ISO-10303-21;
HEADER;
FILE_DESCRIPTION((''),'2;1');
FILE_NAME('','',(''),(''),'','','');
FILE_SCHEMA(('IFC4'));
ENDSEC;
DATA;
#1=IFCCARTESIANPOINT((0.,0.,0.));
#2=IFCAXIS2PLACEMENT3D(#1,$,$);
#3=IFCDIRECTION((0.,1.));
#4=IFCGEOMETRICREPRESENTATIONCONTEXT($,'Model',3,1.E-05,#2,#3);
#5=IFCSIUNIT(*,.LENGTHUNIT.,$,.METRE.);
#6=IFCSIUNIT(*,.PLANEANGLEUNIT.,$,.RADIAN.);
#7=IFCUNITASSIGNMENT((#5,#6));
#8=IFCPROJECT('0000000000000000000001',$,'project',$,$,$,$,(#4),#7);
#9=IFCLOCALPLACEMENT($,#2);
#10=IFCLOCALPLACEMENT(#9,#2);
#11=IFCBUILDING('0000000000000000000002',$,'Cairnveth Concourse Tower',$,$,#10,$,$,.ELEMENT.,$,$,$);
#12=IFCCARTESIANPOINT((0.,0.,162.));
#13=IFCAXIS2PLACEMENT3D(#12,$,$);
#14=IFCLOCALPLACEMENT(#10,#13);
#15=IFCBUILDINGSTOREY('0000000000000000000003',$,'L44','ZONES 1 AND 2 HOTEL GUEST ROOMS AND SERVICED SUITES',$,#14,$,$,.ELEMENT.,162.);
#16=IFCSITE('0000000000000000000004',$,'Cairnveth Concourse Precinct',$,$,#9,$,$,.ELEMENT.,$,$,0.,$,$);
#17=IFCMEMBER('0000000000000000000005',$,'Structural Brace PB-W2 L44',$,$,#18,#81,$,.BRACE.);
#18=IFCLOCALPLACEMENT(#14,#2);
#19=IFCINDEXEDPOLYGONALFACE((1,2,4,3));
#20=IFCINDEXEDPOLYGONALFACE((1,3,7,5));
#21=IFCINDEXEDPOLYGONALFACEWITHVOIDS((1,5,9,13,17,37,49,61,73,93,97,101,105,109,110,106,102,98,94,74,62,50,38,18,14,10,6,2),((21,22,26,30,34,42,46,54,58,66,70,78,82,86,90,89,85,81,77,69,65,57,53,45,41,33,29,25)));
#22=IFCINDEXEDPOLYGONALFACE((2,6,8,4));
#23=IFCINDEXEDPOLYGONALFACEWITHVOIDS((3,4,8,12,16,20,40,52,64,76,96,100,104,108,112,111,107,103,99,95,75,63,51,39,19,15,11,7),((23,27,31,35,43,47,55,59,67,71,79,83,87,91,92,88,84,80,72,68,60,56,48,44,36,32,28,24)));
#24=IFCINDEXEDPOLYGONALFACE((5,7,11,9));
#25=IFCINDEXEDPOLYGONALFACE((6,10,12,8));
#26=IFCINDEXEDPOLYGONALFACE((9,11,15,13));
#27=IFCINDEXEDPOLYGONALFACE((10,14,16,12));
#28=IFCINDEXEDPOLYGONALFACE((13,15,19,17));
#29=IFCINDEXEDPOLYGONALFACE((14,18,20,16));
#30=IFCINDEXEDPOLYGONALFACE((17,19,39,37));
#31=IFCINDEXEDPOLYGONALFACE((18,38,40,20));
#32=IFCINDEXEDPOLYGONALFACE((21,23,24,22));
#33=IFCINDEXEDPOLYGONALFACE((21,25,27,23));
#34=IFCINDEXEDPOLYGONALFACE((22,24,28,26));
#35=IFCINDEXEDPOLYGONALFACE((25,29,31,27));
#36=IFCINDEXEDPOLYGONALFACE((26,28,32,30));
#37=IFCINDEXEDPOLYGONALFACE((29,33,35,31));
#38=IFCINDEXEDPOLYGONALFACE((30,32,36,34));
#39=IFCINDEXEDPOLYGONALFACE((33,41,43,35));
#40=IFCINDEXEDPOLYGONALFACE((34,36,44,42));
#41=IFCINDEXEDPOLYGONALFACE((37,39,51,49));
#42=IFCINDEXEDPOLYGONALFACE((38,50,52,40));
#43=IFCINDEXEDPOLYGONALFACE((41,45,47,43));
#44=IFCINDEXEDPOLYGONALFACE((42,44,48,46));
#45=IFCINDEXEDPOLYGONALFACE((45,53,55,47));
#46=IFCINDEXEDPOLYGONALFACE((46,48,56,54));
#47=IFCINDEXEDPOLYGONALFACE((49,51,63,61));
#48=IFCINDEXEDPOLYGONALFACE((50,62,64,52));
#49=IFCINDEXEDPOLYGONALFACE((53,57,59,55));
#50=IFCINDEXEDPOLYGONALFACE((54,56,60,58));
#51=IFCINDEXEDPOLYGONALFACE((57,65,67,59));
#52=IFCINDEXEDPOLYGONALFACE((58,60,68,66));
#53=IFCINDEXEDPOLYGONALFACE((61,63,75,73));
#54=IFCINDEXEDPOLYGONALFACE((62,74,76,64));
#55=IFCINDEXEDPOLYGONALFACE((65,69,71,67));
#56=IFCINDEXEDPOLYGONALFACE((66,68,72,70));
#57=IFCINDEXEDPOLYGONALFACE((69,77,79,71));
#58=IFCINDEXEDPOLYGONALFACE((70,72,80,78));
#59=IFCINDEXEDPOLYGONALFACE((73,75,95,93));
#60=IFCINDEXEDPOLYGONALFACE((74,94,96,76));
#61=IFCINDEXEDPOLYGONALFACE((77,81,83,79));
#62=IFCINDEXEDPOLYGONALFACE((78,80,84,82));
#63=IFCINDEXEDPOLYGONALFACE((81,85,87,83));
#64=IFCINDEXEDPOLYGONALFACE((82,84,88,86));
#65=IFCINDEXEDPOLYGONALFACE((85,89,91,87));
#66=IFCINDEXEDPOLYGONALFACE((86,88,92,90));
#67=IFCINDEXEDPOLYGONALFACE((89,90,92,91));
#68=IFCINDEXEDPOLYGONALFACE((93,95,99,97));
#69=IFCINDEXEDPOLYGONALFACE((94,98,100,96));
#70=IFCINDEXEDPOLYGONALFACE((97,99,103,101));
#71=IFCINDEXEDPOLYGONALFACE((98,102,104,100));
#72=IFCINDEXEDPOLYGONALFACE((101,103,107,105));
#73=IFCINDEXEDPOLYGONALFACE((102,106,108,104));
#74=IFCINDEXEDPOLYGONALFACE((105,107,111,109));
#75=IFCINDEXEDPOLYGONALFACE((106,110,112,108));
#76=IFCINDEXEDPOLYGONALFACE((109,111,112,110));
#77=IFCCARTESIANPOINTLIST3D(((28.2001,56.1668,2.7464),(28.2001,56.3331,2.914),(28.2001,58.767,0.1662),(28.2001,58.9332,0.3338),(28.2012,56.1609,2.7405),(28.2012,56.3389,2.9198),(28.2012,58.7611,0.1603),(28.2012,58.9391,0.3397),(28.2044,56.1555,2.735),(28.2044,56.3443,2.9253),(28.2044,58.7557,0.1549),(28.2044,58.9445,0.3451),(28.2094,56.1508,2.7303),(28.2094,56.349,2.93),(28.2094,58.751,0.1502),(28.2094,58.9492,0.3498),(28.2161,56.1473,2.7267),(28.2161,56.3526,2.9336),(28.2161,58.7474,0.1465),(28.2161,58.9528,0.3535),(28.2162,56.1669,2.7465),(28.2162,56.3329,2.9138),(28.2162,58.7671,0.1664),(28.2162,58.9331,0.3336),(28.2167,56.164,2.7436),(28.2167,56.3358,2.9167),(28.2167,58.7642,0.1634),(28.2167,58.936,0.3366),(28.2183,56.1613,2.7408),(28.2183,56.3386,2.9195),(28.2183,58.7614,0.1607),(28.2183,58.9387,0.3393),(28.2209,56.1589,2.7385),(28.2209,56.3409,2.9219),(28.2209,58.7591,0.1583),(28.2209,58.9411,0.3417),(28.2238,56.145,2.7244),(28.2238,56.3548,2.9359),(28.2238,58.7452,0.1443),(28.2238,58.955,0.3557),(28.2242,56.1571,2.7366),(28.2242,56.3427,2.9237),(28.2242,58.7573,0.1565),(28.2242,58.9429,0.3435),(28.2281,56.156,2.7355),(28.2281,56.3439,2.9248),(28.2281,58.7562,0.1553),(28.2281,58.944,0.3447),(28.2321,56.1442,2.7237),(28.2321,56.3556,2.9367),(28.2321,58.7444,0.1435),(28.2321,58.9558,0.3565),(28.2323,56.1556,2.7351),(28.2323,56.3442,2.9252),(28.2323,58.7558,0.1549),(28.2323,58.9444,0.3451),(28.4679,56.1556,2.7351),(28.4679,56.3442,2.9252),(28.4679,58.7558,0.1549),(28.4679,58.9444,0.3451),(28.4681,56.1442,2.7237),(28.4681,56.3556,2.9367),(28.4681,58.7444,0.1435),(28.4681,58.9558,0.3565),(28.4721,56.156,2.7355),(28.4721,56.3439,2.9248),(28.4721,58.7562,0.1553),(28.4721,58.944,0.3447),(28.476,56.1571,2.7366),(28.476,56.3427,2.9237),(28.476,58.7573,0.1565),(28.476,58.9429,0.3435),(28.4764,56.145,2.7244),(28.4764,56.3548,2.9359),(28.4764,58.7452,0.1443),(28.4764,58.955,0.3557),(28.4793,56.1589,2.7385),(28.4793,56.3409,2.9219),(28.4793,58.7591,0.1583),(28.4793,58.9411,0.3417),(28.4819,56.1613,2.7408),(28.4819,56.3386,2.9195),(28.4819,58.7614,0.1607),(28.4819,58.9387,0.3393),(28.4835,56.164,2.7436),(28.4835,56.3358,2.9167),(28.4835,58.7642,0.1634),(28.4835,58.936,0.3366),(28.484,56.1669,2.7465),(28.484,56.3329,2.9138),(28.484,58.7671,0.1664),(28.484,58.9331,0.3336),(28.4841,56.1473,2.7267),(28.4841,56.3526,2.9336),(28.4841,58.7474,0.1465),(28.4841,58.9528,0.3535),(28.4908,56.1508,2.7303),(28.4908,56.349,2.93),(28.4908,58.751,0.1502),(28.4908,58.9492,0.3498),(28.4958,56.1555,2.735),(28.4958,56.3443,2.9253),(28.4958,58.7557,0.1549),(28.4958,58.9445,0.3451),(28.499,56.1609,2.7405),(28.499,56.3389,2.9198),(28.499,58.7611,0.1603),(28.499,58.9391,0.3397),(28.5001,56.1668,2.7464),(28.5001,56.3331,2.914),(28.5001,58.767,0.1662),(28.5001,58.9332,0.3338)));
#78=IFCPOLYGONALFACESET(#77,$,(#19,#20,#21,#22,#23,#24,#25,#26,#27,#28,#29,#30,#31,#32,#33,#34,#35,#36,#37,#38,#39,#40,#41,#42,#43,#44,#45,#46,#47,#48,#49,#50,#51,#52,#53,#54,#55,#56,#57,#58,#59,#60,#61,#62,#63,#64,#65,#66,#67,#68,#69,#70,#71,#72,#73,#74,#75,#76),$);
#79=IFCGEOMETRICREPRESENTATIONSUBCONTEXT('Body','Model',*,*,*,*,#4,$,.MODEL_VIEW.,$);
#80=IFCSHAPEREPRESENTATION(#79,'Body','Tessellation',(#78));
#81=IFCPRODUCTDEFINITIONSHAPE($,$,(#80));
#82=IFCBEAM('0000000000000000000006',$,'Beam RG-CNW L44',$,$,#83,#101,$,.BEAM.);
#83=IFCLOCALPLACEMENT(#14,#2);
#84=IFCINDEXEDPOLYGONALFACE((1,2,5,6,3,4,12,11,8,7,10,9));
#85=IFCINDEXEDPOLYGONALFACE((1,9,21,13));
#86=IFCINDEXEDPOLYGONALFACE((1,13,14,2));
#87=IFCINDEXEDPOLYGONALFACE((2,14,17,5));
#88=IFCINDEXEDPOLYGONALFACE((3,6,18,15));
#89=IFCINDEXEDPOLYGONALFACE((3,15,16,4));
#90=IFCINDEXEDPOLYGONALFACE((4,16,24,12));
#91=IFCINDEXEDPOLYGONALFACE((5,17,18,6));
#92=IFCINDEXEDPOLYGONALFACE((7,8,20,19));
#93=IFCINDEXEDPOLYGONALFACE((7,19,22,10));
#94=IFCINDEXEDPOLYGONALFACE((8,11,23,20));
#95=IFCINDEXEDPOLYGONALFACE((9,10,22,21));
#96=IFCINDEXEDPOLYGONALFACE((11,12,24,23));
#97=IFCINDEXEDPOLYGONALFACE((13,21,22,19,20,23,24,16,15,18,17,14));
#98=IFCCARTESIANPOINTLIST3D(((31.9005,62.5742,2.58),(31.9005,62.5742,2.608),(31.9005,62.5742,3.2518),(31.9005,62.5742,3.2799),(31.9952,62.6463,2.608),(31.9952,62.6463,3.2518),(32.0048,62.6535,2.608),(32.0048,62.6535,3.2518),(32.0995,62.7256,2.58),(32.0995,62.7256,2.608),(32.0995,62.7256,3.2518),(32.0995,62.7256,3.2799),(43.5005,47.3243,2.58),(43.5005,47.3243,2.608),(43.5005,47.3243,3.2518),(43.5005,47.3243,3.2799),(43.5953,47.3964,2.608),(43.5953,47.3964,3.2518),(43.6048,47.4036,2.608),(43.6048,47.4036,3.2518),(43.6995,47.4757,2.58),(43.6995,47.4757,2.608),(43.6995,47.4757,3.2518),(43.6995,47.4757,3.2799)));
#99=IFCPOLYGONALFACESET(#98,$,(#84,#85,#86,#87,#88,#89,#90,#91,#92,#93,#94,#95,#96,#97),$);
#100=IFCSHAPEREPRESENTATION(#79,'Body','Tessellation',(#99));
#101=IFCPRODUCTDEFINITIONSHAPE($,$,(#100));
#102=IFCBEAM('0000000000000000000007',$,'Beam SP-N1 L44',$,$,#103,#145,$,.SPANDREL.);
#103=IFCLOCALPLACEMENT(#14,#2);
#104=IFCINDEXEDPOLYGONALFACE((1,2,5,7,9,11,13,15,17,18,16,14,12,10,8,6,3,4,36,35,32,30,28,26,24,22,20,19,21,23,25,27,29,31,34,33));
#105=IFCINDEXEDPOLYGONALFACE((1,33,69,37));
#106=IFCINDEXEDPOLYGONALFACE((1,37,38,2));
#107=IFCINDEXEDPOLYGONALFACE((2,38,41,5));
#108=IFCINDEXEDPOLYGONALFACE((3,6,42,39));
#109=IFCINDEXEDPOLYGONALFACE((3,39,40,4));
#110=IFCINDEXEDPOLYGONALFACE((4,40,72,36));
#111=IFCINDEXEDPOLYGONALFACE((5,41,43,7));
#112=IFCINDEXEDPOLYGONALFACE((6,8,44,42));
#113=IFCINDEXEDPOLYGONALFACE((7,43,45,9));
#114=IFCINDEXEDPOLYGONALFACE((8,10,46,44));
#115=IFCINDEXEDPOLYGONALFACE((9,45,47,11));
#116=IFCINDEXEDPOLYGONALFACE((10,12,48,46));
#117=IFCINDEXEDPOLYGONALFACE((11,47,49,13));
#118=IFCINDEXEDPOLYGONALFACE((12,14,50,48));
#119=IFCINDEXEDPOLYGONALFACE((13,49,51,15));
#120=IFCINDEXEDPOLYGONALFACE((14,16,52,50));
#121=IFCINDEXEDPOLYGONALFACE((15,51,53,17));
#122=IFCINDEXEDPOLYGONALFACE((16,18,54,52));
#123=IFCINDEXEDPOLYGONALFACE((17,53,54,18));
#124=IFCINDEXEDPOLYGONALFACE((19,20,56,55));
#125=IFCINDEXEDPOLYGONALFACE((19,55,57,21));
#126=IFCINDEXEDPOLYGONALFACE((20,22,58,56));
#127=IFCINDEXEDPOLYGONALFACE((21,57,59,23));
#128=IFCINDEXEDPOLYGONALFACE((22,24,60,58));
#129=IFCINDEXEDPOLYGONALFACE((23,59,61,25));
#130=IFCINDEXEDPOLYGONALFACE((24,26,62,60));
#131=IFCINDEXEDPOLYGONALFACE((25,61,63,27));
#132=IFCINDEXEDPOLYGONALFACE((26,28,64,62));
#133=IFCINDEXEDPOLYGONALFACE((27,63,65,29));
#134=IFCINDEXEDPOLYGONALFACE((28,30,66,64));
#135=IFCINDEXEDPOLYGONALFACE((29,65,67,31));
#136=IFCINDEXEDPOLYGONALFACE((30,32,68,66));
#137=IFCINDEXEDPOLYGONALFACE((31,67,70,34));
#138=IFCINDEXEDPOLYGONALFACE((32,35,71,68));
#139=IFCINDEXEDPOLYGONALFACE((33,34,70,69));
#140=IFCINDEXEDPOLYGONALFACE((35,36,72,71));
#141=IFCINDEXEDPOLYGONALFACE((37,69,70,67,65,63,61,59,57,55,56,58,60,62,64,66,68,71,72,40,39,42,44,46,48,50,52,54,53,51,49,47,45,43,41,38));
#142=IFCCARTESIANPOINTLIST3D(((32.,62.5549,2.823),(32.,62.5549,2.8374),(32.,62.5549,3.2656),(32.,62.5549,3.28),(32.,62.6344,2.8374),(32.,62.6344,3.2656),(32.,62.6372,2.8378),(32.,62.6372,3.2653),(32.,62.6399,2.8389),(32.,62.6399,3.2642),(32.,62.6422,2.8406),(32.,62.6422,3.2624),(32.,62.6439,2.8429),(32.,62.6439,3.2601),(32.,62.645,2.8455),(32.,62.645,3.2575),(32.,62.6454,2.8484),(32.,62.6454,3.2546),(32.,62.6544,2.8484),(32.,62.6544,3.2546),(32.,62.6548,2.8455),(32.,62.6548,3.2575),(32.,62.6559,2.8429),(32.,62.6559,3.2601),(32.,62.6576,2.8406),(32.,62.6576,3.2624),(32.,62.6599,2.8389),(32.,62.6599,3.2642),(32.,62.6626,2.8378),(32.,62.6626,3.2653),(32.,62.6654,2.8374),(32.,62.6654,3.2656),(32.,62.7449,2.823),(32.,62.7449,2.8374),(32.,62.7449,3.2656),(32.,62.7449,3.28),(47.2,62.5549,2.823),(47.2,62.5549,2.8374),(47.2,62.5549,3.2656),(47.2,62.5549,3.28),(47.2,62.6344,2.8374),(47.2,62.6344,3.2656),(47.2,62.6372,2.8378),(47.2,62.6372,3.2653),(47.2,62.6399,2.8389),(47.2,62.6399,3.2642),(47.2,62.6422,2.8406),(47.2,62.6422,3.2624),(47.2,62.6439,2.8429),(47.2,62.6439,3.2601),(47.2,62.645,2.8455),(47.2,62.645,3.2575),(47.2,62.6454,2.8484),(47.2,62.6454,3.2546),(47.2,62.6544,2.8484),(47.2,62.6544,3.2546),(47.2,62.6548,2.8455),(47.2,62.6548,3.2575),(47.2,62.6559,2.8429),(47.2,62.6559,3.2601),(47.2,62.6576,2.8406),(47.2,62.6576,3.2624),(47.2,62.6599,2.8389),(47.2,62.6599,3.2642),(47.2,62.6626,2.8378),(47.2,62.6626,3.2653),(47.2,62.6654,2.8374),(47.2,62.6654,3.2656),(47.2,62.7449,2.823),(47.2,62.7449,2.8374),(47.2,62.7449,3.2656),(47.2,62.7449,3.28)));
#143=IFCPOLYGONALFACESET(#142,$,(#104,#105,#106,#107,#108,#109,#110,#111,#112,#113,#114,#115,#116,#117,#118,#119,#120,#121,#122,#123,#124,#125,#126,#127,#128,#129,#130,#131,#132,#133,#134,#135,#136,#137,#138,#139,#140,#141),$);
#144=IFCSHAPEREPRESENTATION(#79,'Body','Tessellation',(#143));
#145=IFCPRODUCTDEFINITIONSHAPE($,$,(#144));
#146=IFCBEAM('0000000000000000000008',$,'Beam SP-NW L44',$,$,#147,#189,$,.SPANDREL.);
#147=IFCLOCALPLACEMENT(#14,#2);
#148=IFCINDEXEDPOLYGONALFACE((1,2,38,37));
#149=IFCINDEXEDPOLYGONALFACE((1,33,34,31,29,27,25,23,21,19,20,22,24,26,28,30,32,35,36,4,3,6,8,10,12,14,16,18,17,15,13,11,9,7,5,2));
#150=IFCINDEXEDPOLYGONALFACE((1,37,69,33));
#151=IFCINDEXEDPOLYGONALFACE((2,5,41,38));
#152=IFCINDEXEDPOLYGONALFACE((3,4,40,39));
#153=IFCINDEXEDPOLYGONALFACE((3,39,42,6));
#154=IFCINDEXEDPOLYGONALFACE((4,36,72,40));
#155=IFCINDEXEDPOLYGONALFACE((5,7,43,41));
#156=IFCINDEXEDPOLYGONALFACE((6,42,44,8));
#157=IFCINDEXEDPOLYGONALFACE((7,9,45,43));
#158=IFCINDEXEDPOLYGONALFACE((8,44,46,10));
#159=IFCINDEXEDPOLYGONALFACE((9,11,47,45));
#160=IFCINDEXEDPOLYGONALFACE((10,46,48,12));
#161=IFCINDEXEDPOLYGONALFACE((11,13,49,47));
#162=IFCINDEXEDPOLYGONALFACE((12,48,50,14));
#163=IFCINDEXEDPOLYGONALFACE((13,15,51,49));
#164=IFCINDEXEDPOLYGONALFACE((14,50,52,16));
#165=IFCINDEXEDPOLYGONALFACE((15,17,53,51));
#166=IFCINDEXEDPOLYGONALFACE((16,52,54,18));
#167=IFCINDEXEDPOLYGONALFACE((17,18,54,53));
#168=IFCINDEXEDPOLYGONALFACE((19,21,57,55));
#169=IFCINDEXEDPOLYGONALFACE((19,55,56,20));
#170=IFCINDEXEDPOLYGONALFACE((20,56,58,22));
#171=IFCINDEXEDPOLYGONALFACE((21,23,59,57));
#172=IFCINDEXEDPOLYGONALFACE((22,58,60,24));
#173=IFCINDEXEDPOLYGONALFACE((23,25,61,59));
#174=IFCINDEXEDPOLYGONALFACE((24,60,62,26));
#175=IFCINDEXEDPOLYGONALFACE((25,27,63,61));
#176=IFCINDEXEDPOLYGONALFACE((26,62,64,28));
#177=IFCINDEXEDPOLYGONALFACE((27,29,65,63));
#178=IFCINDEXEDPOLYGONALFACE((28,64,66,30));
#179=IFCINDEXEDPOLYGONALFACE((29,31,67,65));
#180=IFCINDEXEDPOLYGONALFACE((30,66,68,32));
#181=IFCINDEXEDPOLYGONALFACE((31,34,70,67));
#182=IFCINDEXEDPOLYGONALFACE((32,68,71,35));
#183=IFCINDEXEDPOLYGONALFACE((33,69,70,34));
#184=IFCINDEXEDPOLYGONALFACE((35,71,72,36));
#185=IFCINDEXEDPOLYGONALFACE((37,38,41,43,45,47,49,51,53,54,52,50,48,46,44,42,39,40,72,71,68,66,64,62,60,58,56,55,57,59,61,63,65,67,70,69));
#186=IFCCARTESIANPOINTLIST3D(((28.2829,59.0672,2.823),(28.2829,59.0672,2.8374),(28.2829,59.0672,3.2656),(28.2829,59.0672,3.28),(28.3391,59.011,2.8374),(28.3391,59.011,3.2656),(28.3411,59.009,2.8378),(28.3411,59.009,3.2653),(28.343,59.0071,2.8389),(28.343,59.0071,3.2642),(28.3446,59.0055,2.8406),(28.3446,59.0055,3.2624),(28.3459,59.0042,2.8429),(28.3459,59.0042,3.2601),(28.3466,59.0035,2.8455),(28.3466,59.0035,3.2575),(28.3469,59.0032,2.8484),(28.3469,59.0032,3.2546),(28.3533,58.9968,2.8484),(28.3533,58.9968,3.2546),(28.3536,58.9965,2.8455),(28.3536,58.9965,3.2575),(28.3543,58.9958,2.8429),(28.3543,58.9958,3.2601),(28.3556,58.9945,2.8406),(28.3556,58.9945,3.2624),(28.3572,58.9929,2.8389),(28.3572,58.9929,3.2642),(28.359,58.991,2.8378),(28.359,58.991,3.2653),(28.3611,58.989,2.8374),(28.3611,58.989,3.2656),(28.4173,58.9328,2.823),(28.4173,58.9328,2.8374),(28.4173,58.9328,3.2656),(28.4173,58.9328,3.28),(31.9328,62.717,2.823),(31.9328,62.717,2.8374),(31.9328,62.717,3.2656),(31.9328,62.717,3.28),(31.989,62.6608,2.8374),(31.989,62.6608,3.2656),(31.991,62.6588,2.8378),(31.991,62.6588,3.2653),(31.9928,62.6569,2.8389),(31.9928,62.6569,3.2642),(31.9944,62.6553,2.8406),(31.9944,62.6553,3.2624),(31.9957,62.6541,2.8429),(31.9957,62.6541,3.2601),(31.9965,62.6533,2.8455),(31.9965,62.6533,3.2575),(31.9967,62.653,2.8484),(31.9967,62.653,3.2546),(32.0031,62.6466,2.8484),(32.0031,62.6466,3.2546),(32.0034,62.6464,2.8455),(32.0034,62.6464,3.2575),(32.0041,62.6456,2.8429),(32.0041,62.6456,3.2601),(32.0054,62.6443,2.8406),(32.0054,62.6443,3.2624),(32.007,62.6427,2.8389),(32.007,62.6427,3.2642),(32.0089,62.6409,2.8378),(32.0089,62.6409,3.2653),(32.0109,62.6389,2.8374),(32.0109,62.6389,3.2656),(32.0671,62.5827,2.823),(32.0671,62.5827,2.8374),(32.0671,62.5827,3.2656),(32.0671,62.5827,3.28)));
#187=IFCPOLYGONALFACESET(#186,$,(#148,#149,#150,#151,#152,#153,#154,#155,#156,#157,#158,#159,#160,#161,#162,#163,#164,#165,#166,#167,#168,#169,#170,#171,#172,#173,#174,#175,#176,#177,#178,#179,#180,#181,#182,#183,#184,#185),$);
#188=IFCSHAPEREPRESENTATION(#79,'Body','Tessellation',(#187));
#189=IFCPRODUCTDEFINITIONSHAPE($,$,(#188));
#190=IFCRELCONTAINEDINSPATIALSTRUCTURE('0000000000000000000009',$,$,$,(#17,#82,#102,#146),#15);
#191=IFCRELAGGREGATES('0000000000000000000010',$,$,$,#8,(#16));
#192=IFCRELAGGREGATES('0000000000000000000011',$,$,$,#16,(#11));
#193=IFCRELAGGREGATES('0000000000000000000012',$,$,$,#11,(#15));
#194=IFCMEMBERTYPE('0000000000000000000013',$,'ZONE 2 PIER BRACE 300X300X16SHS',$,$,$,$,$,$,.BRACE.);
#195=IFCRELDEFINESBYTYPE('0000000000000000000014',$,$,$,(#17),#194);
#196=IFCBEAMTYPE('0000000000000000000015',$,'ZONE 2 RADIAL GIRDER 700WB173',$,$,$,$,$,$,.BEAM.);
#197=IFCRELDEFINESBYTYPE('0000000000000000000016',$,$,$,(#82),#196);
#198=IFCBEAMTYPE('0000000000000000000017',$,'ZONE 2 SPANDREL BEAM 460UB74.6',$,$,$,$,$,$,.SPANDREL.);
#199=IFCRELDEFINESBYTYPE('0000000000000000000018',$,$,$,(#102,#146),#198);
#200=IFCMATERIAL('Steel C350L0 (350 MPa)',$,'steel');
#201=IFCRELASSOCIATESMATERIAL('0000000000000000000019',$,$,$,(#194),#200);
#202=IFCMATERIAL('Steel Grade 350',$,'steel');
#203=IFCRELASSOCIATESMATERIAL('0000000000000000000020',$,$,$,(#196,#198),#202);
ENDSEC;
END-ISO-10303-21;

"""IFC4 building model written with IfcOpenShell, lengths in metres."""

from ifc_helpers import new_model, si_unit, direction, frame, origin, origin_2d, place, context, subcontext, project, spatial, hollow_rectangle, i_section, extrude, material, material_profile, profile_set, type_object, element, save


model = new_model("IFC4")

# Units and contexts
model_context = context("Model", 3, precision=1e-05, world=origin(), true_north=direction((0.0, 1.0)))
body_context = subcontext(model_context, "Body", "Model", "MODEL_VIEW")
ifc_project = project(units=[si_unit("LENGTHUNIT", "METRE"), si_unit("PLANEANGLEUNIT", "RADIAN")], contexts=[model_context])

# Site, building, storey
site_placement = place(None, origin())
site = spatial("IfcSite", under=ifc_project, at=site_placement, Name="Cairnveth Concourse Precinct", CompositionType="ELEMENT", RefElevation=0.0)
building_placement = place(site_placement, origin())
building = spatial("IfcBuilding", under=site, at=building_placement, Name="Cairnveth Concourse Tower", CompositionType="ELEMENT")
storey_placement = place(building_placement, frame((0.0, 0.0, 162.0)))
storey = spatial("IfcBuildingStorey", under=building, at=storey_placement, Name="L44", Description="ZONES 1 AND 2 HOTEL GUEST ROOMS AND SERVICED SUITES", CompositionType="ELEMENT", Elevation=162.0)

# Shared definitions
ifc_material_1 = material(Name="Steel Grade 350", Category="steel")

# Member
ifc_material_2 = material(Name="Steel C350L0 (350 MPa)", Category="steel")
ifc_material_profile_1 = material_profile(ifc_material_2, hollow_rectangle(XDim=0.3, YDim=0.3, WallThickness=0.0161, InnerFilletRadius=0.0161, OuterFilletRadius=0.032, at=origin_2d()), Name="300x300x16.0SHS")
ifc_profile_set_1 = profile_set([ifc_material_profile_1], Name="Steel C350L0 (350 MPa)")
member_type = type_object("IfcMemberType", Name="ZONE 2 PIER BRACE 300X300X16SHS", PredefinedType="BRACE", material=ifc_profile_set_1)
for number, where, z_axis, x_axis, name in (
    (1, (28.3501, 58.8501, 0.25), (0.0, -0.709834, 0.704369), (1.0, 0.0, 0.0), "Structural Brace PB-W2 L44"),
):
    element("IfcMember", number, at=place(storey_placement, frame(where, z_axis=z_axis, x_axis=x_axis)), inside=storey, type_object=member_type, Name=name, PredefinedType="BRACE", context=body_context, shape_type="SweptSolid", body=[
        extrude(hollow_rectangle(XDim=0.3, YDim=0.3, WallThickness=0.0161, InnerFilletRadius=0.0161, OuterFilletRadius=0.032, at=origin_2d()), origin(), (0.0, 0.0, 1.0), 3.6631),
    ])

# Beams
ifc_material_profile_2 = material_profile(ifc_material_1, i_section(OverallWidth=0.25, OverallDepth=0.7, WebThickness=0.012, FlangeThickness=0.0281, at=origin_2d()), Name="700WB173")
ifc_profile_set_2 = profile_set([ifc_material_profile_2], Name="Steel Grade 350")
beam_type_1 = type_object("IfcBeamType", Name="ZONE 2 RADIAL GIRDER 700WB173", PredefinedType="BEAM", material=ifc_profile_set_2)
beam_1_placement = place(storey_placement, frame((32.0, 62.6499, 2.9299), z_axis=(0.605417, -0.795908, 0.0), x_axis=(0.795908, 0.605417, 0.0)))
element("IfcBeam", 2, at=beam_1_placement, inside=storey, type_object=beam_type_1, Name="Beam RG-CNW L44", PredefinedType="BEAM", context=body_context, shape_type="SweptSolid", body=[
    extrude(i_section(OverallWidth=0.25, OverallDepth=0.7, WebThickness=0.012, FlangeThickness=0.0281, at=origin_2d()), origin(), (0.0, 0.0, 1.0), 19.1604),
])
ifc_material_profile_3 = material_profile(ifc_material_1, i_section(OverallWidth=0.1899, OverallDepth=0.457, WebThickness=0.009, FlangeThickness=0.0144, FilletRadius=0.011, at=origin_2d()), Name="460UB74.6")
ifc_profile_set_3 = profile_set([ifc_material_profile_3], Name="Steel Grade 350")
beam_type_2 = type_object("IfcBeamType", Name="ZONE 2 SPANDREL BEAM 460UB74.6", PredefinedType="SPANDREL", material=ifc_profile_set_3)
beam_2_placement = place(storey_placement, frame((32.0, 62.6499, 3.0515), z_axis=(1.0, 0.0, 0.0), x_axis=(0.0, 1.0, 0.0)))
element("IfcBeam", 3, at=beam_2_placement, inside=storey, type_object=beam_type_2, Name="Beam SP-N1 L44", PredefinedType="SPANDREL", context=body_context, shape_type="SweptSolid", body=[
    extrude(i_section(OverallWidth=0.1899, OverallDepth=0.457, WebThickness=0.009, FlangeThickness=0.0144, FilletRadius=0.011, at=origin_2d()), origin(), (0.0, 0.0, 1.0), 15.2),
])
beam_3_placement = place(storey_placement, frame((28.3501, 59.0, 3.0515), z_axis=(0.707107, 0.707107, 0.0), x_axis=(-0.707107, 0.707107, 0.0)))
element("IfcBeam", 4, at=beam_3_placement, inside=storey, type_object=beam_type_2, Name="Beam SP-NW L44", PredefinedType="SPANDREL", context=body_context, shape_type="SweptSolid", body=[
    extrude(i_section(OverallWidth=0.1899, OverallDepth=0.457, WebThickness=0.009, FlangeThickness=0.0144, FilletRadius=0.011, at=origin_2d()), origin(), (0.0, 0.0, 1.0), 5.1616),
])

save(model, "model.ifc")
